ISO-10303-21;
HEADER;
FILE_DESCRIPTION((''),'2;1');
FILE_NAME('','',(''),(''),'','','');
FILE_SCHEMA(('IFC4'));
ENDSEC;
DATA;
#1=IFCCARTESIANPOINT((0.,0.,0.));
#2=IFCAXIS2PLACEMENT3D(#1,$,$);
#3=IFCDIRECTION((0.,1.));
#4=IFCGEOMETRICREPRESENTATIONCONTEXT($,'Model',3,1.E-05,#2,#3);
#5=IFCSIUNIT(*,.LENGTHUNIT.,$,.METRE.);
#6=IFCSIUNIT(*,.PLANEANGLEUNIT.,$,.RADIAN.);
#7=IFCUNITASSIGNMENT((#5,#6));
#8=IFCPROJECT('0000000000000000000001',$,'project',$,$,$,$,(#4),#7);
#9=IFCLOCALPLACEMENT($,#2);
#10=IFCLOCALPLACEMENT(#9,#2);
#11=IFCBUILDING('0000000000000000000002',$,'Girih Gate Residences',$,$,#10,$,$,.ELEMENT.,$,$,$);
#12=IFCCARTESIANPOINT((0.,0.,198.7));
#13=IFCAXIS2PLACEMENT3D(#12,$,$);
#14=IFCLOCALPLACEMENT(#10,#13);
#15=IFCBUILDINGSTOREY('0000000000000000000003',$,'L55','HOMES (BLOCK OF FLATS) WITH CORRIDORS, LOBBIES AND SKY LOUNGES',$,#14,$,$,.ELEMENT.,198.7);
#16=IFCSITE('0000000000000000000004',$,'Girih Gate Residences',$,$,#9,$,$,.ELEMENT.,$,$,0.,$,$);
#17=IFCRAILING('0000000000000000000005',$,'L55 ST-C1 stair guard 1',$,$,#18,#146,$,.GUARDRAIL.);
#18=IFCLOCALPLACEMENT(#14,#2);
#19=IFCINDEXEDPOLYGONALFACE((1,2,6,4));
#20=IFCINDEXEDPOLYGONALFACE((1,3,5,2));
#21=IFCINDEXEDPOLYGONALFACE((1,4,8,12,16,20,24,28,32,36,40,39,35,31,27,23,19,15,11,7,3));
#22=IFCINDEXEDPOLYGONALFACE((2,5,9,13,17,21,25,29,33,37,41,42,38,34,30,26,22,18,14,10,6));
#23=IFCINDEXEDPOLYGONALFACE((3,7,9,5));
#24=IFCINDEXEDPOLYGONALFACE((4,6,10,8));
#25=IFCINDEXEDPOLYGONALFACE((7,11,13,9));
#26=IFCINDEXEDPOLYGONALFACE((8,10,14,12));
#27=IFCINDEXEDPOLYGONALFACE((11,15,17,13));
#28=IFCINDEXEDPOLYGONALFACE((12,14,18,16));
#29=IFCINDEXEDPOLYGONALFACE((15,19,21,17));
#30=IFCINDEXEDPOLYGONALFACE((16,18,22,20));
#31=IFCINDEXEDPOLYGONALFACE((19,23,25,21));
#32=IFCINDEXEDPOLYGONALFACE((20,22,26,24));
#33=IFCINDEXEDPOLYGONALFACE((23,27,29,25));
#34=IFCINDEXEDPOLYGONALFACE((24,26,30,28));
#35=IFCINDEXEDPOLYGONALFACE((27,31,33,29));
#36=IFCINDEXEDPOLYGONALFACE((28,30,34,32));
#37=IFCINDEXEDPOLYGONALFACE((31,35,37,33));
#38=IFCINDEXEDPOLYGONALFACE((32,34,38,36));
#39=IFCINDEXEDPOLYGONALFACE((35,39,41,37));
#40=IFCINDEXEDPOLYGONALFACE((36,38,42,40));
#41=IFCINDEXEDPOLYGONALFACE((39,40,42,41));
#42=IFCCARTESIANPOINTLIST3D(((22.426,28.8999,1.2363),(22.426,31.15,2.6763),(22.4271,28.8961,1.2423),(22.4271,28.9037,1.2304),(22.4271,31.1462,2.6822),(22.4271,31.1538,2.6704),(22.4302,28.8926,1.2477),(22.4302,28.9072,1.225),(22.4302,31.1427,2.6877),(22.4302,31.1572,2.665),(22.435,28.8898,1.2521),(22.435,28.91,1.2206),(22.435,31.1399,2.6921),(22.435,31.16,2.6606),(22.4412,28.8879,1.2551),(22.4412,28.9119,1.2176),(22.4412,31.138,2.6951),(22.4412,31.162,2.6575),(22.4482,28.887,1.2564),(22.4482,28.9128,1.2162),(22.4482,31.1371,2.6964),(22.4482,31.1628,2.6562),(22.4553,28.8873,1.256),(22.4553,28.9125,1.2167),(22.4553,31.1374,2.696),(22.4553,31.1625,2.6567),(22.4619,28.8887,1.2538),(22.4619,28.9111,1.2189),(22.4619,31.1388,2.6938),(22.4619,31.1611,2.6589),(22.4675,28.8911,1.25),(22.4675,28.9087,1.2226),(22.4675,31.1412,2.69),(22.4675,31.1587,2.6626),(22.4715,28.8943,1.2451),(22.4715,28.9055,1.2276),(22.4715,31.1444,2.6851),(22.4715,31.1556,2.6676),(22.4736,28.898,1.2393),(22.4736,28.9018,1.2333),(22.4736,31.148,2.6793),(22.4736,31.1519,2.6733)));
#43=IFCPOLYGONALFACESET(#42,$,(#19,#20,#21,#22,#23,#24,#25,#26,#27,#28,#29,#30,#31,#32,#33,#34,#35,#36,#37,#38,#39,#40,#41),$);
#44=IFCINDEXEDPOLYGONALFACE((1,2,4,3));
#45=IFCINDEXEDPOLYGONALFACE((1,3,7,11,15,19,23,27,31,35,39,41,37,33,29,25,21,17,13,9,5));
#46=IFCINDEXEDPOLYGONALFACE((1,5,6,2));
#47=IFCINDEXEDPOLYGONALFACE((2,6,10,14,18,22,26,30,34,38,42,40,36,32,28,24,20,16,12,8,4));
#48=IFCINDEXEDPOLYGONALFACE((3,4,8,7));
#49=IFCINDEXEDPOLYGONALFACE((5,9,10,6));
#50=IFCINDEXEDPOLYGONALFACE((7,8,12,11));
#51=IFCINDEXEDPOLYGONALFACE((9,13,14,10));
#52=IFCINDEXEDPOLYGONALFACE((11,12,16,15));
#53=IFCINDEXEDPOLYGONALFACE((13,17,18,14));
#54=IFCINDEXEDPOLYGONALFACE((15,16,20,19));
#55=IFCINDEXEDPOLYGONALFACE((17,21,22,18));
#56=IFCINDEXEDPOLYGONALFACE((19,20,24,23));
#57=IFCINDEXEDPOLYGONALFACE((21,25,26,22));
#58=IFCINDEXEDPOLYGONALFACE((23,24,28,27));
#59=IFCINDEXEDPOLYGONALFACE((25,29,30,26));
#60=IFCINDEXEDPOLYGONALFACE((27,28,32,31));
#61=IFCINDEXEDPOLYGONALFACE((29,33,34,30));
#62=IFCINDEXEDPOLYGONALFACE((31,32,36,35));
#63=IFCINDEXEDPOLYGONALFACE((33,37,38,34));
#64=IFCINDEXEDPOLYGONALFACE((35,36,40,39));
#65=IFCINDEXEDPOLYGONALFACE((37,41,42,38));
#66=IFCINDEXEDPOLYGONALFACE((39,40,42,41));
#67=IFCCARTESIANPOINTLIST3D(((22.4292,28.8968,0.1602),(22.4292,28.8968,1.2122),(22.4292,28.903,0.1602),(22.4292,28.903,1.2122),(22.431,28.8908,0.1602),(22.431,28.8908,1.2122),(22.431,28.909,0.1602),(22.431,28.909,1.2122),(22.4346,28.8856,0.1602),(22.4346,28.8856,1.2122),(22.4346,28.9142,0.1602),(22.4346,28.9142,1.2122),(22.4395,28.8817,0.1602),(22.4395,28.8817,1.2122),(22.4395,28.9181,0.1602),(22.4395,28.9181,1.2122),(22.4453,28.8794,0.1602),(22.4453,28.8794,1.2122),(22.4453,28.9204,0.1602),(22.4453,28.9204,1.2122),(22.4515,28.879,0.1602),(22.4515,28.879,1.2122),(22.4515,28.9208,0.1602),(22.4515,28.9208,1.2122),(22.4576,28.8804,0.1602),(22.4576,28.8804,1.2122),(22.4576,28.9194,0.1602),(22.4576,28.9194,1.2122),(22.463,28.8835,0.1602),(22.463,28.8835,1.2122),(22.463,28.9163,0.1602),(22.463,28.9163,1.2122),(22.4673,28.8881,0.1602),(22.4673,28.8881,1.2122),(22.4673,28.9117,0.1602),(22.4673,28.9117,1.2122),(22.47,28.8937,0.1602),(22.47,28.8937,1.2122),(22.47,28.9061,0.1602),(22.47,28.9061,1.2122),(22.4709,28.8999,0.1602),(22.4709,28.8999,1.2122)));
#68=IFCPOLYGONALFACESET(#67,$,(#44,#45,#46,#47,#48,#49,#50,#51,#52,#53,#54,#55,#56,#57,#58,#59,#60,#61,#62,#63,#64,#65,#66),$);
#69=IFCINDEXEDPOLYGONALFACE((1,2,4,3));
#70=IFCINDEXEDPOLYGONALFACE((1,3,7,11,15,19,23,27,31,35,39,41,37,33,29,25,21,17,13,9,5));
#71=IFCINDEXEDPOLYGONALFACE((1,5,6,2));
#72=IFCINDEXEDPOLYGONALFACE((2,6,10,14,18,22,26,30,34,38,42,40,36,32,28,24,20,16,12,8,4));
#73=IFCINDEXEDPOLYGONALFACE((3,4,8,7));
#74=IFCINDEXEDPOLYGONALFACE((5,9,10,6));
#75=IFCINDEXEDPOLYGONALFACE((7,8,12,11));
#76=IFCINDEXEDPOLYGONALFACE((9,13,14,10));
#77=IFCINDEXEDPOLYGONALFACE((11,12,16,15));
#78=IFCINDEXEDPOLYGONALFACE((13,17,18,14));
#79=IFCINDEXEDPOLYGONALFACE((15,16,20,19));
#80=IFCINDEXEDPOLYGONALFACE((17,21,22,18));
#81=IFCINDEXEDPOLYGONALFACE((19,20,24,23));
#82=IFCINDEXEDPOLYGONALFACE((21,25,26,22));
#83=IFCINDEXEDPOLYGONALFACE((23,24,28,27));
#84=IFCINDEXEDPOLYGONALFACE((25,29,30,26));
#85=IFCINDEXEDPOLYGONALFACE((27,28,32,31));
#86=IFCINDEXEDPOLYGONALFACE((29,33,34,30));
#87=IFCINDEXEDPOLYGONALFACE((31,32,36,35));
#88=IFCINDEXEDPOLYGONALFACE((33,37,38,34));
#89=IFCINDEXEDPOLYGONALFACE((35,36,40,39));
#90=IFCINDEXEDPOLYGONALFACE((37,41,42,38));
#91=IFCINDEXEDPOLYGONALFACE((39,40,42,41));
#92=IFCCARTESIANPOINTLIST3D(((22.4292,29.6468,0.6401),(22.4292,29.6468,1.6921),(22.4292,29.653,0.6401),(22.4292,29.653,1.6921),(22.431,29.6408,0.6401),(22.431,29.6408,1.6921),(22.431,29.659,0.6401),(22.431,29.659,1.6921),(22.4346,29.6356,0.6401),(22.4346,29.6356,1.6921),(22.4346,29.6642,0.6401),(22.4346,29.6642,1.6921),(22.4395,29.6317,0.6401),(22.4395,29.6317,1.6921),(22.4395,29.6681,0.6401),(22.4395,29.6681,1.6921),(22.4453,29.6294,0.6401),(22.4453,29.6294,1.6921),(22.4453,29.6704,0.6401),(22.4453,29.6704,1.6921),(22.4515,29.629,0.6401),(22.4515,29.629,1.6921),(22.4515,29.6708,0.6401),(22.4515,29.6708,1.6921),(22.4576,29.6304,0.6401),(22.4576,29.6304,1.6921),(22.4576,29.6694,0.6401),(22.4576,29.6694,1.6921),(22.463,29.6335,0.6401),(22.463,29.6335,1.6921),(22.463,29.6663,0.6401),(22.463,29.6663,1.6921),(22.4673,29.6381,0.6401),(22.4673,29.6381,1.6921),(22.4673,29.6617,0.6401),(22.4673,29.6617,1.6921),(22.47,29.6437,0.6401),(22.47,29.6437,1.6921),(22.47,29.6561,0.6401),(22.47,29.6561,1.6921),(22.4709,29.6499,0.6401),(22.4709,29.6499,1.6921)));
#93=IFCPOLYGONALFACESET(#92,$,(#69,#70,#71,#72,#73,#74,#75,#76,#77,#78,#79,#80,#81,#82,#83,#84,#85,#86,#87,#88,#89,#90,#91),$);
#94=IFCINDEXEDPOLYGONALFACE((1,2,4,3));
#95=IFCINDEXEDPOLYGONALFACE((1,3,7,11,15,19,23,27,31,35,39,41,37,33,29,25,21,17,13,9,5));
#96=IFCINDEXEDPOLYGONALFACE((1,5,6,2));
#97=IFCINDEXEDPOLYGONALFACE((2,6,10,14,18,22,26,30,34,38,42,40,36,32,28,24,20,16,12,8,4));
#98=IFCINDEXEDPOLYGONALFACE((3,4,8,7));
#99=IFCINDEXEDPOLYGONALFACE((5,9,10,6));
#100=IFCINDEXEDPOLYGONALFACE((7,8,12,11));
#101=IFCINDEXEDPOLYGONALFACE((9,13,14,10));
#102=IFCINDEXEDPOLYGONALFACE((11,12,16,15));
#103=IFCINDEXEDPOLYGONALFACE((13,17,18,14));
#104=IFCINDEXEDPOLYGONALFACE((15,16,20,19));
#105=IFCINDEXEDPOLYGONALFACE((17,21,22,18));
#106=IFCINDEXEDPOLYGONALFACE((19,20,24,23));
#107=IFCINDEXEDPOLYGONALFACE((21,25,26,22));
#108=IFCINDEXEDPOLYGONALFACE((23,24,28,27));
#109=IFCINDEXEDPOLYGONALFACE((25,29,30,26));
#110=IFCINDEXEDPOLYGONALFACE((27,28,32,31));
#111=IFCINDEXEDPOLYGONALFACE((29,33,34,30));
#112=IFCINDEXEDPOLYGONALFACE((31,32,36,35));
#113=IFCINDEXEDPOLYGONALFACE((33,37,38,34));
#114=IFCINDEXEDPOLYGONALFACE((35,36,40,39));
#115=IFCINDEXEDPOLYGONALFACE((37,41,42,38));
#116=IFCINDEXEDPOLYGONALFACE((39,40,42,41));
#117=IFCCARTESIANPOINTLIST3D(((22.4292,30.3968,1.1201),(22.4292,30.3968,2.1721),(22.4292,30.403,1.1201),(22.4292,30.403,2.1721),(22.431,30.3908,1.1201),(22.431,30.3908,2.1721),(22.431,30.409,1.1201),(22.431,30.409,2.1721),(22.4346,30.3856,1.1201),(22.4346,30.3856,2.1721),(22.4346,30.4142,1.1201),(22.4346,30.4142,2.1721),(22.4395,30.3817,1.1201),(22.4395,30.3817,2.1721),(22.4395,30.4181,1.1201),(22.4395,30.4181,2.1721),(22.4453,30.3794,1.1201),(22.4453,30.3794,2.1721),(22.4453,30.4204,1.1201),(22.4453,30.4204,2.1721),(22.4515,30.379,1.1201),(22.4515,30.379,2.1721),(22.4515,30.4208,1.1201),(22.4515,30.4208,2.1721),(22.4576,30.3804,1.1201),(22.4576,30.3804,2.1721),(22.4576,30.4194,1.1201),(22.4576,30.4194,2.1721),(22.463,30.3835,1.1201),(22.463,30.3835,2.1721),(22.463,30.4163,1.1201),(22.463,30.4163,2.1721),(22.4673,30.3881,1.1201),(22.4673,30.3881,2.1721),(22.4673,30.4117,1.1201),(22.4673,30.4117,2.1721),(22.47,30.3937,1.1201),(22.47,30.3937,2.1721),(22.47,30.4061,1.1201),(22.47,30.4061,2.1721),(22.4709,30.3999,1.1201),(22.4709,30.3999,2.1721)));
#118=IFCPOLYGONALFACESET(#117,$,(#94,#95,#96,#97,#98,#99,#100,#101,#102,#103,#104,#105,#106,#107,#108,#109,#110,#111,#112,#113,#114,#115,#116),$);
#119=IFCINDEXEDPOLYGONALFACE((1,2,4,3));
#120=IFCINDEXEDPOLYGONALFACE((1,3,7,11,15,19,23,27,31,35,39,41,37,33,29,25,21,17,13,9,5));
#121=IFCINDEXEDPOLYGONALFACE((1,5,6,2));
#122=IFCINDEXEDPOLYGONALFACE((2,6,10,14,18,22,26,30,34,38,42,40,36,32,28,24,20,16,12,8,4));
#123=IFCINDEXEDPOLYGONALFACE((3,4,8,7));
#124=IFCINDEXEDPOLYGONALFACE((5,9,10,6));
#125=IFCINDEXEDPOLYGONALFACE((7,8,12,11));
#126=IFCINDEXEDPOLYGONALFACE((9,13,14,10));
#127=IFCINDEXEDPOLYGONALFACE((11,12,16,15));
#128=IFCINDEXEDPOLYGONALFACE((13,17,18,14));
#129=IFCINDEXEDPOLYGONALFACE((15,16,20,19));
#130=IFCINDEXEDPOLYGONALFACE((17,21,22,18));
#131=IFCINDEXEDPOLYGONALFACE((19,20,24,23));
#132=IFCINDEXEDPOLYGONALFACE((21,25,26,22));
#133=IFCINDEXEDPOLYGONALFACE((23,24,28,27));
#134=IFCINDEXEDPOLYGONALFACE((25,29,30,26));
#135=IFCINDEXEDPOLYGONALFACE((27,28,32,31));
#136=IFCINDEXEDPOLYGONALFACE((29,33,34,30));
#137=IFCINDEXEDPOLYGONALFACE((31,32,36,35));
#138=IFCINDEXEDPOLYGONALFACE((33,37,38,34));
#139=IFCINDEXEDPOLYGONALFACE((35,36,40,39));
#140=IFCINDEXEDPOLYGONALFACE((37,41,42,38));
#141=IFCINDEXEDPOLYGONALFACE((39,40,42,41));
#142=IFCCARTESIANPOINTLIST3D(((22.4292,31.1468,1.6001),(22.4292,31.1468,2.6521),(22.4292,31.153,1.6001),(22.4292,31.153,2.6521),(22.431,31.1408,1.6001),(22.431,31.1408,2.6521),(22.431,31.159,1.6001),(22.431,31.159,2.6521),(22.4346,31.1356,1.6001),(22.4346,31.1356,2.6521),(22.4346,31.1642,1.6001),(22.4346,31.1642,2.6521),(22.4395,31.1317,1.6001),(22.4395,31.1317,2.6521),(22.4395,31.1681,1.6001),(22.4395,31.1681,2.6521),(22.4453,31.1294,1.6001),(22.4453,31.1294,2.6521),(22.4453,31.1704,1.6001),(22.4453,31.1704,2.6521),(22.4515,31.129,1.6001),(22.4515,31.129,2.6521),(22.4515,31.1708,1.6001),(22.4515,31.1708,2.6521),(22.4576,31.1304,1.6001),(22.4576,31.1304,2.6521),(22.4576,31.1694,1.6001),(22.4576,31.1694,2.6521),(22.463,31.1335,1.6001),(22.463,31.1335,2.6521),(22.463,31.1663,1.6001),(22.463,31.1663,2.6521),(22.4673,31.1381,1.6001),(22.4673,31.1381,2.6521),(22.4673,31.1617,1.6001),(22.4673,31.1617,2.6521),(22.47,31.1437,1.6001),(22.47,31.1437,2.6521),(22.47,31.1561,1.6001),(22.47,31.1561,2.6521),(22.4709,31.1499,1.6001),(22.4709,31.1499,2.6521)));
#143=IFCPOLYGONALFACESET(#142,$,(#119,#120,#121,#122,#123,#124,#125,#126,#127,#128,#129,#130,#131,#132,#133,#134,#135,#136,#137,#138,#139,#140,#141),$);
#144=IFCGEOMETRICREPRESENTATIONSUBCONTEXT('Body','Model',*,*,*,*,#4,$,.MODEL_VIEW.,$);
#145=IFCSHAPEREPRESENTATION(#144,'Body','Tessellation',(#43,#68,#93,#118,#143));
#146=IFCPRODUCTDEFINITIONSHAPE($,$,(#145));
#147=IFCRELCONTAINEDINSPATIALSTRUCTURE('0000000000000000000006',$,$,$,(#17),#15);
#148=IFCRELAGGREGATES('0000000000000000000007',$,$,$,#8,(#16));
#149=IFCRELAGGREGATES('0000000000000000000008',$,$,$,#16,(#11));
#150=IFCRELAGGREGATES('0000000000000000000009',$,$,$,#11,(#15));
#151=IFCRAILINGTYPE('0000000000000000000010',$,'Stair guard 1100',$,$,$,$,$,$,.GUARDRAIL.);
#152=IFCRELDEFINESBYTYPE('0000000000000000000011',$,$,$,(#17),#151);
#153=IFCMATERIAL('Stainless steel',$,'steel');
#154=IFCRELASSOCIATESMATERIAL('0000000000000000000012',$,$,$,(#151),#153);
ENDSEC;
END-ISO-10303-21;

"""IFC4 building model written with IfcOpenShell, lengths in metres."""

from ifc_helpers import new_model, si_unit, direction, frame, origin, origin_2d, place, context, subcontext, project, spatial, circle, extrude, material, type_object, element, save


model = new_model("IFC4")

# Units and contexts
model_context = context("Model", 3, precision=1e-05, world=origin(), true_north=direction((0.0, 1.0)))
body_context = subcontext(model_context, "Body", "Model", "MODEL_VIEW")
ifc_project = project(units=[si_unit("LENGTHUNIT", "METRE"), si_unit("PLANEANGLEUNIT", "RADIAN")], contexts=[model_context])

# Site, building, storey
site_placement = place(None, origin())
site = spatial("IfcSite", under=ifc_project, at=site_placement, Name="Girih Gate Residences", CompositionType="ELEMENT", RefElevation=0.0)
building_placement = place(site_placement, origin())
building = spatial("IfcBuilding", under=site, at=building_placement, Name="Girih Gate Residences", CompositionType="ELEMENT")
storey_placement = place(building_placement, frame((0.0, 0.0, 198.7)))
storey = spatial("IfcBuildingStorey", under=building, at=storey_placement, Name="L55", Description="HOMES (BLOCK OF FLATS) WITH CORRIDORS, LOBBIES AND SKY LOUNGES", CompositionType="ELEMENT", Elevation=198.7)

# Railing
ifc_material_1 = material(Name="Stainless steel", Category="steel")
railing_type_1 = type_object("IfcRailingType", Name="Stair guard 1100", PredefinedType="GUARDRAIL", material=ifc_material_1)
railing_1_placement = place(storey_placement, frame((22.45, 28.8999, 0.1602)))
element("IfcRailing", 1, at=railing_1_placement, inside=storey, type_object=railing_type_1, Name="L55 ST-C1 stair guard 1", PredefinedType="GUARDRAIL", context=body_context, shape_type="SweptSolid", body=[
    extrude(circle(Radius=0.0239, at=origin_2d()), frame((0.0, 0.0, 1.0762), z_axis=(0.0, 0.842281, 0.539038), x_axis=(-1.0, 0.0, 0.0)), (0.0, 0.0, 1.0), 2.6714),
    extrude(circle(Radius=0.021, at=origin_2d()), origin(), (0.0, 0.0, 1.0), 1.052),
    extrude(circle(Radius=0.021, at=origin_2d()), frame((0.0, 0.75, 0.48)), (0.0, 0.0, 1.0), 1.052),
    extrude(circle(Radius=0.021, at=origin_2d()), frame((0.0, 1.5, 0.96)), (0.0, 0.0, 1.0), 1.052),
    extrude(circle(Radius=0.021, at=origin_2d()), frame((0.0, 2.25, 1.4399)), (0.0, 0.0, 1.0), 1.052),
])

save(model, "model.ifc")
